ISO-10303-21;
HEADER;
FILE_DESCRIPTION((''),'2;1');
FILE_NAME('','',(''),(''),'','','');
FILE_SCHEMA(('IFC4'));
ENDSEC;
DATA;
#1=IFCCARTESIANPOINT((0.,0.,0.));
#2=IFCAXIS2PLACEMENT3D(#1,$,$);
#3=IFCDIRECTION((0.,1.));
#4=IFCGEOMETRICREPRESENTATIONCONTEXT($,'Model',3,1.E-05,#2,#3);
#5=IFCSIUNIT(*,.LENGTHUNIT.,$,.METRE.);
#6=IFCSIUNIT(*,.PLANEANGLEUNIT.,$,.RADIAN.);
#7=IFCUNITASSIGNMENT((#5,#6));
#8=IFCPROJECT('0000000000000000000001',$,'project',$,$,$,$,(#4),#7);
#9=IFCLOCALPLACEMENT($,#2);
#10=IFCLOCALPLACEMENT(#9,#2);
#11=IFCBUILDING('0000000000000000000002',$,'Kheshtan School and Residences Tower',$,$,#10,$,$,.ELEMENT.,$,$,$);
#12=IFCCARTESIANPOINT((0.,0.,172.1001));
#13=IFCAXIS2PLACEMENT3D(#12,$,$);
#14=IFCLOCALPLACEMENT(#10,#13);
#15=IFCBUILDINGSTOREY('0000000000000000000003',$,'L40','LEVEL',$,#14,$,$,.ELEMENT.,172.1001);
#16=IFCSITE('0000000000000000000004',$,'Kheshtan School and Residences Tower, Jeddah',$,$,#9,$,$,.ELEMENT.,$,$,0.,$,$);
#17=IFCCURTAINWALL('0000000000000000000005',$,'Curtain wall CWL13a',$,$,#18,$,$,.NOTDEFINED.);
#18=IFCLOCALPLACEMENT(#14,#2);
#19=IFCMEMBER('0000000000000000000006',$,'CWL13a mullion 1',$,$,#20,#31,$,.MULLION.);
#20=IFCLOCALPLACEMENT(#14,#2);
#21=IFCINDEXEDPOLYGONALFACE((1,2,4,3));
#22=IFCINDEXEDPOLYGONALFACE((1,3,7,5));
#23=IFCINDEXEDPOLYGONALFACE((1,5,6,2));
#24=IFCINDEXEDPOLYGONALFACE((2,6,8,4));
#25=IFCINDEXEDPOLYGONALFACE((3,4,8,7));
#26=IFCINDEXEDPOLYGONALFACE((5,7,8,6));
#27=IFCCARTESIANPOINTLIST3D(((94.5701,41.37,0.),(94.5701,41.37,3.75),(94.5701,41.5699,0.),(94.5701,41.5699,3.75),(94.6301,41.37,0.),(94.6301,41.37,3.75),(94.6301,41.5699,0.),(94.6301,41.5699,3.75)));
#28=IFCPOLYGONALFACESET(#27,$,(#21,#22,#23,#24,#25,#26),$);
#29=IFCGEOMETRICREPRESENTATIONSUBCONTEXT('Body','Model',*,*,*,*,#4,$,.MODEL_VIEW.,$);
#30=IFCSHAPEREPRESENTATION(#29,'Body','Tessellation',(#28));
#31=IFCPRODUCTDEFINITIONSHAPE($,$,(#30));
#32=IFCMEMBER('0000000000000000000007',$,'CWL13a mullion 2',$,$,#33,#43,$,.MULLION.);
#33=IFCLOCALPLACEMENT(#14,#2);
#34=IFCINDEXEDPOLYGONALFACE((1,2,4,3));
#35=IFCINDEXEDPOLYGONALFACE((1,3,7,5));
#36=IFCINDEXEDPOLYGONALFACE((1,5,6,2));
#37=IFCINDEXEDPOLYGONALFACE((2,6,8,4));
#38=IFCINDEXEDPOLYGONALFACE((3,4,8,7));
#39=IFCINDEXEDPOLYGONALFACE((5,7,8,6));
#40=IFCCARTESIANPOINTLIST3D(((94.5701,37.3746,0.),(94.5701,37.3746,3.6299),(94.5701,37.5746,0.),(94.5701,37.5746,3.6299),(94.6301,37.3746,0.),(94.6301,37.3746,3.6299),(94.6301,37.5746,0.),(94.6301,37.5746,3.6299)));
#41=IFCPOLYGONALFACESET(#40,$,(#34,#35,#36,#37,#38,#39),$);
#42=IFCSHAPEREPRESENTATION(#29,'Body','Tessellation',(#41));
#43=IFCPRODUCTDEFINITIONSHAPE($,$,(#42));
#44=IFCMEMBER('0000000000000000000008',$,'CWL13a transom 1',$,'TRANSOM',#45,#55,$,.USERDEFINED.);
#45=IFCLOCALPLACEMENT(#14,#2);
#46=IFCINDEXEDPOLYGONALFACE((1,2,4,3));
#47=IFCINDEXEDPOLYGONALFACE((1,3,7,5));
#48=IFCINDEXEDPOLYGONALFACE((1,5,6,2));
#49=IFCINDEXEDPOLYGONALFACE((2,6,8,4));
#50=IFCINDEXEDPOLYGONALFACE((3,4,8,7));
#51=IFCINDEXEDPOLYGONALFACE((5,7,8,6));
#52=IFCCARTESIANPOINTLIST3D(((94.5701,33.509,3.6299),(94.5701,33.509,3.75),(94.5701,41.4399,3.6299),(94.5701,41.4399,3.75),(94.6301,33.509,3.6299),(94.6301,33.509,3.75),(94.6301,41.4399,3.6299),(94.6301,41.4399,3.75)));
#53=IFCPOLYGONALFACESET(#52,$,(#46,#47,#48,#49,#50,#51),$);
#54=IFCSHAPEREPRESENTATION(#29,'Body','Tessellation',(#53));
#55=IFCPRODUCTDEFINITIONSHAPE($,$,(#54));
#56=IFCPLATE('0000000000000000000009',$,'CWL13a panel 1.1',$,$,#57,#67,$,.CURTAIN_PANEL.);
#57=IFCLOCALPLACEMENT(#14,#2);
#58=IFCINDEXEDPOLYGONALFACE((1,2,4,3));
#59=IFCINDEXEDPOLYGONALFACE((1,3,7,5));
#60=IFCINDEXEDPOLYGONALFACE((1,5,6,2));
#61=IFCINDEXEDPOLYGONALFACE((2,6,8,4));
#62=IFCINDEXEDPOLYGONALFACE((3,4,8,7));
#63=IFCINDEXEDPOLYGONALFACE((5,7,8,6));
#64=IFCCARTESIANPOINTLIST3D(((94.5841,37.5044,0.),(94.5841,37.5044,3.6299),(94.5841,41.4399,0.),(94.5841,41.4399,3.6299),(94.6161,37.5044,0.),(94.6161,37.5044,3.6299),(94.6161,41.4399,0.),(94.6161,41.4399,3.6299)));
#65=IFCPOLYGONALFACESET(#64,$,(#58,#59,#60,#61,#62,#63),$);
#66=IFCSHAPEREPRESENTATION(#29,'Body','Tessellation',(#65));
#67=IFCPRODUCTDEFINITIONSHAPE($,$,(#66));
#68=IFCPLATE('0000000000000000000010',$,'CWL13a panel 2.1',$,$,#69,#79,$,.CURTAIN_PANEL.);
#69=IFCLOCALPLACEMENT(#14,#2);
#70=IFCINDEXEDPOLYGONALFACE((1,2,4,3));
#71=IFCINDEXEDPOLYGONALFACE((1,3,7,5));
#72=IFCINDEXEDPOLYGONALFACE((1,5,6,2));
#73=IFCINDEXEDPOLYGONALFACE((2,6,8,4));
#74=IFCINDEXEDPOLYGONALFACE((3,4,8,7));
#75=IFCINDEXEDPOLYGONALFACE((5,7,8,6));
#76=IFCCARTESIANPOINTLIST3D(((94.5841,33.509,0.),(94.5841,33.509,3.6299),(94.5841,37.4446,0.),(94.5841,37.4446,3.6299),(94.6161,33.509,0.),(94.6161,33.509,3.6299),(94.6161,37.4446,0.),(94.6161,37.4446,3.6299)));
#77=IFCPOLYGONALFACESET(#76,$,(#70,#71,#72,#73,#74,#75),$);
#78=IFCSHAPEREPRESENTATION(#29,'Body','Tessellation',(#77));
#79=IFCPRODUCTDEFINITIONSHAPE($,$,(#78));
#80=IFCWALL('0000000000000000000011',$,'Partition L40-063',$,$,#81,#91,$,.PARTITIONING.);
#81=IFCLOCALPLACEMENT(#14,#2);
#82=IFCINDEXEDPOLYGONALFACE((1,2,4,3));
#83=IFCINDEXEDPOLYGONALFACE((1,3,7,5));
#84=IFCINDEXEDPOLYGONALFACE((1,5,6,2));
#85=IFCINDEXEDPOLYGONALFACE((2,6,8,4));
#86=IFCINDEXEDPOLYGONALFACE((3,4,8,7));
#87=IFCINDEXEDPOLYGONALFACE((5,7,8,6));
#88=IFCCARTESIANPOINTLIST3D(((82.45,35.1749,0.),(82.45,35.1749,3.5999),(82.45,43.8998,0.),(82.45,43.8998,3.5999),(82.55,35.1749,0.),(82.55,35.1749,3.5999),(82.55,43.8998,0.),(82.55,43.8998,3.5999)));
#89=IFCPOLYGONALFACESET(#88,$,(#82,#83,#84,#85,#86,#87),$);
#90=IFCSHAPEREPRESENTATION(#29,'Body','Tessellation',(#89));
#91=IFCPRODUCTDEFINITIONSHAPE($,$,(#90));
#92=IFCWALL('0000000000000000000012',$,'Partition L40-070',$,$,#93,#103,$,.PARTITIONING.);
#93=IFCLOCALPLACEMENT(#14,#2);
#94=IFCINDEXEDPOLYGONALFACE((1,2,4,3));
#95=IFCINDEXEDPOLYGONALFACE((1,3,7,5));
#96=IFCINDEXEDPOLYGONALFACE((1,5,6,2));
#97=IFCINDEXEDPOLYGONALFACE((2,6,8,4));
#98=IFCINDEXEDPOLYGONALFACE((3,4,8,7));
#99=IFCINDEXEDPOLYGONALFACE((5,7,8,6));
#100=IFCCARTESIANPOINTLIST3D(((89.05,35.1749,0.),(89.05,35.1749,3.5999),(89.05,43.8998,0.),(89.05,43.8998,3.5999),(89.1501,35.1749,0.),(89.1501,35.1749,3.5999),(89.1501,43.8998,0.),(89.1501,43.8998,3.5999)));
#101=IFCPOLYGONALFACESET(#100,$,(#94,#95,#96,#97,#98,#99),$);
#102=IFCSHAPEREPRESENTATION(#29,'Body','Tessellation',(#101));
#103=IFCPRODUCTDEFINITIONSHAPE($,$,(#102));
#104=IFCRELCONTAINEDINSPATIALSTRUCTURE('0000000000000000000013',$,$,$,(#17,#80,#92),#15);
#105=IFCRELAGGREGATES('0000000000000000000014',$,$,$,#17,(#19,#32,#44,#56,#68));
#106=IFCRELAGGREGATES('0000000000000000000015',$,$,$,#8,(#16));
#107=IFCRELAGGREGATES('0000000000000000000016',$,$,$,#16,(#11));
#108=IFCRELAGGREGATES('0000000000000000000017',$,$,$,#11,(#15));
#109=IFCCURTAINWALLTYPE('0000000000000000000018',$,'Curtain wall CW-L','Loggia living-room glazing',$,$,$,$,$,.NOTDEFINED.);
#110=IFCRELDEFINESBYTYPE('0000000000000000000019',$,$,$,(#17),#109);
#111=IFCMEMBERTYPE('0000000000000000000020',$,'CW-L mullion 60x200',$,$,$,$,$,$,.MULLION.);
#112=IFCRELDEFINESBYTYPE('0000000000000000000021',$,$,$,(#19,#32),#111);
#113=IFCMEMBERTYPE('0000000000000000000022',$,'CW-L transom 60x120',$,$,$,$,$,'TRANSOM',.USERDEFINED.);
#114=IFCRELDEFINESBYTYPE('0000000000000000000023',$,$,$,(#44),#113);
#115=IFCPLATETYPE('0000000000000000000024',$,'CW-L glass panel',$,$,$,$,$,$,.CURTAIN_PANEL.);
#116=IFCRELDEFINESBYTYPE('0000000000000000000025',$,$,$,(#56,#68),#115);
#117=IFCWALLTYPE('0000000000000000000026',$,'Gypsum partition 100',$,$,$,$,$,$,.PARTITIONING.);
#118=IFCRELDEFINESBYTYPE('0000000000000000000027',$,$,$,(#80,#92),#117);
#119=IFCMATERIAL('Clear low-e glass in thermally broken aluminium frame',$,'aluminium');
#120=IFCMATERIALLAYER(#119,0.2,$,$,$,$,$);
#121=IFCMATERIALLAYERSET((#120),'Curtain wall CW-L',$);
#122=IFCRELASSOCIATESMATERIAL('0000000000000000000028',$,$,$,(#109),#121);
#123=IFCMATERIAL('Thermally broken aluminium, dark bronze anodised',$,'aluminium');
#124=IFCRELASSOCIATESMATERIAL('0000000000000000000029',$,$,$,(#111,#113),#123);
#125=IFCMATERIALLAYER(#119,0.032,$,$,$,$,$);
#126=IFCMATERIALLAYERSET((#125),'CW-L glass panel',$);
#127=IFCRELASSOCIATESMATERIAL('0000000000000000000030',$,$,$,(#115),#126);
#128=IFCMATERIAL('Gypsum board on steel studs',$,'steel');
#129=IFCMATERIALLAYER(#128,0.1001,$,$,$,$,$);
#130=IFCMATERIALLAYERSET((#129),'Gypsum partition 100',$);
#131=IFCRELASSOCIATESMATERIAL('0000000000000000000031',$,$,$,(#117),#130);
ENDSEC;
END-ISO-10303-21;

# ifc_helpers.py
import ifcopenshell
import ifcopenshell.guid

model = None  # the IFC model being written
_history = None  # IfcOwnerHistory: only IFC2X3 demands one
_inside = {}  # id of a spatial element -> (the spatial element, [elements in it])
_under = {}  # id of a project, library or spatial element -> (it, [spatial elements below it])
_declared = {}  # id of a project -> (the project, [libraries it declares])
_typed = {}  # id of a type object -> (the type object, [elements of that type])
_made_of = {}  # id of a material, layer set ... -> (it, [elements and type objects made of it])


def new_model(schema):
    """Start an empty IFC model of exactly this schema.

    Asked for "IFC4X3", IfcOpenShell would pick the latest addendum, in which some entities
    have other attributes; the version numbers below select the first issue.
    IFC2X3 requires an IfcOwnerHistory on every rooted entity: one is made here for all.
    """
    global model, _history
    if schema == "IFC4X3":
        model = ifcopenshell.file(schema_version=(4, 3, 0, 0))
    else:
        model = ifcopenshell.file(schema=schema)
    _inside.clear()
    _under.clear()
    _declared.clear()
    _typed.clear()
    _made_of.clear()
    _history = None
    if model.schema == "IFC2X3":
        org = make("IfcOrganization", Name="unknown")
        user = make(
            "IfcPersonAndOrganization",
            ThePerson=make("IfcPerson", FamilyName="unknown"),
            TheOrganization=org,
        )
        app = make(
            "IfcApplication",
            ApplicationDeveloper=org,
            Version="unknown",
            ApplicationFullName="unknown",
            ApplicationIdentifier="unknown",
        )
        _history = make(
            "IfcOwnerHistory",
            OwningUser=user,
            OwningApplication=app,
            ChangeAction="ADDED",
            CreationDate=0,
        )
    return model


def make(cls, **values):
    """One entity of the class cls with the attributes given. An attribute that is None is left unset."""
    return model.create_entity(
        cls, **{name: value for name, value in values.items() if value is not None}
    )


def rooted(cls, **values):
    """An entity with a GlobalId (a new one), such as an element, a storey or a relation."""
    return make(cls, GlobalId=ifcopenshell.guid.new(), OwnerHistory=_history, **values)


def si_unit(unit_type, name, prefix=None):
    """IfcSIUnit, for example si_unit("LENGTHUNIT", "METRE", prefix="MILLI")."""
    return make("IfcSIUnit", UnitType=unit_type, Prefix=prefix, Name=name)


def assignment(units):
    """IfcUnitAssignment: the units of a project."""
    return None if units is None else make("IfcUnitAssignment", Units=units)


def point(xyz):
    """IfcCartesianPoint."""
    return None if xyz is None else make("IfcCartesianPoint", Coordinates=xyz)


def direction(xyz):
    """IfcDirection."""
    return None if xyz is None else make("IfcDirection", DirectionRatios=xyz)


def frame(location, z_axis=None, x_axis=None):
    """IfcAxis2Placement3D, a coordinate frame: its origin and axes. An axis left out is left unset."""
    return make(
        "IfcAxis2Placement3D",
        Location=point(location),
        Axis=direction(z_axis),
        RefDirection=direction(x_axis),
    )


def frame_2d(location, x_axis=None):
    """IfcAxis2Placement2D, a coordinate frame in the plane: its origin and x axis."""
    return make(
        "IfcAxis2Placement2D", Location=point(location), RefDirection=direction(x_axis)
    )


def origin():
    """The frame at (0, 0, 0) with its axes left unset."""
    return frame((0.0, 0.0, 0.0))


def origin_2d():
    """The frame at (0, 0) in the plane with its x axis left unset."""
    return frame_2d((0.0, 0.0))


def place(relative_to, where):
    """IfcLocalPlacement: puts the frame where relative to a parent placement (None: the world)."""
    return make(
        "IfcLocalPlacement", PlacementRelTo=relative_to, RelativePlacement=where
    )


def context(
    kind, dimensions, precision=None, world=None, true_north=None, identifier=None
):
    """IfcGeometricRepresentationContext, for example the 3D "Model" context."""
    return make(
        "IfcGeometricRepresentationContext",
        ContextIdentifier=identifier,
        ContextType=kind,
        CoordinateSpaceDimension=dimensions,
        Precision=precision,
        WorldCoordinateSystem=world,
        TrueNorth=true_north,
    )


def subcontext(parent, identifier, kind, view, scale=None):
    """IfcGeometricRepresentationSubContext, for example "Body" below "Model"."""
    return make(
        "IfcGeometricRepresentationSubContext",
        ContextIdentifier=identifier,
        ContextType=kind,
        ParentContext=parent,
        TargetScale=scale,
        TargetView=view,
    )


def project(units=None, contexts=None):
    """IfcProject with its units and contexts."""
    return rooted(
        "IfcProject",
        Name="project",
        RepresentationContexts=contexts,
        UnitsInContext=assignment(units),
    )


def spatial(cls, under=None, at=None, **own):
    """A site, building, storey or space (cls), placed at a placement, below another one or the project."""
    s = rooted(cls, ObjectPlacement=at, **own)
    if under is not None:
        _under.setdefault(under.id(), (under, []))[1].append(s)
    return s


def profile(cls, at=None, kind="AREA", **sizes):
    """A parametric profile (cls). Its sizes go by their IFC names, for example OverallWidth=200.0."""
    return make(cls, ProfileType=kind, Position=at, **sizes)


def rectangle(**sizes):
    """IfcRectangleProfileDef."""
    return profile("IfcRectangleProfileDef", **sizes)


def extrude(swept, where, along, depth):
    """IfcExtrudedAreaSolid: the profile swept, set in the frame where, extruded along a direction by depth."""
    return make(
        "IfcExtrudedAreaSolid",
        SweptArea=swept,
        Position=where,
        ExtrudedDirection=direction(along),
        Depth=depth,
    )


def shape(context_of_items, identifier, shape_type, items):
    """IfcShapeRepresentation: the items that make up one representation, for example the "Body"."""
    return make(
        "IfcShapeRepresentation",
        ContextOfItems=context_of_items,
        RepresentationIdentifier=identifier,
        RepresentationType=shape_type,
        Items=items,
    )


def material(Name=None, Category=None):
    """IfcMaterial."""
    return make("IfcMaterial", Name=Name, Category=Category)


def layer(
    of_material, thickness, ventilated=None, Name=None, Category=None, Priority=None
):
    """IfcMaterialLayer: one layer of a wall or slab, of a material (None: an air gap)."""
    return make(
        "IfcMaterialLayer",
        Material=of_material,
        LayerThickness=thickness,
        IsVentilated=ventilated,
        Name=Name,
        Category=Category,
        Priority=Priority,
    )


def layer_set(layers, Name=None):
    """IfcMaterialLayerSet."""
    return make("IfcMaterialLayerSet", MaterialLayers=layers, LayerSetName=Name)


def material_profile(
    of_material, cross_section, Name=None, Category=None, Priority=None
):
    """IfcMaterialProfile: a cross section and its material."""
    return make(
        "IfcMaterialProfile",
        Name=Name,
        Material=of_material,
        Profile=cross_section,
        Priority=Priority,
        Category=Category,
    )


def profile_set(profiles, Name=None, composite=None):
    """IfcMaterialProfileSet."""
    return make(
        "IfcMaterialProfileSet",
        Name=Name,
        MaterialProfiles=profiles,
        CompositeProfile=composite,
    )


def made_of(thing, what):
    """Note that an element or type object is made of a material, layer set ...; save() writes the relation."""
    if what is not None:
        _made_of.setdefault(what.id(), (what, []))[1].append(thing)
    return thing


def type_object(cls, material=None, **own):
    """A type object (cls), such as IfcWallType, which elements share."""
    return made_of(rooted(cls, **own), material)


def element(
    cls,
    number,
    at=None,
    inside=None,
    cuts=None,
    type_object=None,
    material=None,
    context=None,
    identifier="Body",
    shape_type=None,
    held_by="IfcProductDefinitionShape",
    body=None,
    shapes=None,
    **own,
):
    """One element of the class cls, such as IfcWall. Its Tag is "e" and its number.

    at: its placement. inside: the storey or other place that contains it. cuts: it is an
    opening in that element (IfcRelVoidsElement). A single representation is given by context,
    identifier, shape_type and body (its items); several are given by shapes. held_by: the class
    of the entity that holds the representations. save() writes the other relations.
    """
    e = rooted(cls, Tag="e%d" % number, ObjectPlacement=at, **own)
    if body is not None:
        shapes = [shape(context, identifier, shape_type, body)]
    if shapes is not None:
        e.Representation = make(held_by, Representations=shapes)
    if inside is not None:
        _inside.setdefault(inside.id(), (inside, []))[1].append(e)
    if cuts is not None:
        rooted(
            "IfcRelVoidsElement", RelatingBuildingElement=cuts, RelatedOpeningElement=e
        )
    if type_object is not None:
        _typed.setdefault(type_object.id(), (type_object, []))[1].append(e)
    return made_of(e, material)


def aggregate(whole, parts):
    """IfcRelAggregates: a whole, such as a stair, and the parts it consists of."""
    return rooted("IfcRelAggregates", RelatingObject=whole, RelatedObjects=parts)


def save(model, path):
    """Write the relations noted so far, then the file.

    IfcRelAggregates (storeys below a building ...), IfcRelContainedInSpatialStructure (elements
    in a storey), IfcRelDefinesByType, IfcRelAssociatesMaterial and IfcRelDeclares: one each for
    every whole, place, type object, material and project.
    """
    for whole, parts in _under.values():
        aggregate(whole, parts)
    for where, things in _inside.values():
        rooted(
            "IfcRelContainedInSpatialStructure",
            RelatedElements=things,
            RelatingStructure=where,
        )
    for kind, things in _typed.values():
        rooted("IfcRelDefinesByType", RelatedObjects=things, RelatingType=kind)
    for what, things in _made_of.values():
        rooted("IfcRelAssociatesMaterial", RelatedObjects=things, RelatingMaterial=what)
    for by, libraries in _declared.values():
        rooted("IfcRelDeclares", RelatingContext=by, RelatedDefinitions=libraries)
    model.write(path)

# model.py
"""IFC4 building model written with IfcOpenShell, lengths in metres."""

from ifc_helpers import new_model, si_unit, direction, frame, frame_2d, origin, origin_2d, place, context, subcontext, project, spatial, rectangle, extrude, material, layer, layer_set, material_profile, profile_set, type_object, element, aggregate, save


model = new_model("IFC4")

# Units and contexts
model_context = context("Model", 3, precision=1e-05, world=origin(), true_north=direction((0.0, 1.0)))
body_context = subcontext(model_context, "Body", "Model", "MODEL_VIEW")
ifc_project = project(units=[si_unit("LENGTHUNIT", "METRE"), si_unit("PLANEANGLEUNIT", "RADIAN")], contexts=[model_context])

# Site, building, storey
site_placement = place(None, origin())
site = spatial("IfcSite", under=ifc_project, at=site_placement, Name="Kheshtan School and Residences Tower, Jeddah", CompositionType="ELEMENT", RefElevation=0.0)
building_placement = place(site_placement, origin())
building = spatial("IfcBuilding", under=site, at=building_placement, Name="Kheshtan School and Residences Tower", CompositionType="ELEMENT")
storey_placement = place(building_placement, frame((0.0, 0.0, 172.1001)))
storey = spatial("IfcBuildingStorey", under=building, at=storey_placement, Name="L40", Description="LEVEL", CompositionType="ELEMENT", Elevation=172.1001)

# Curtain wall, members, plates
ifc_material_1 = material(Name="Clear low-e glass in thermally broken aluminium frame", Category="aluminium")
ifc_layer_1 = layer(ifc_material_1, 0.2)
ifc_layer_set_1 = layer_set([ifc_layer_1], Name="Curtain wall CW-L")
curtain_wall_type = type_object("IfcCurtainWallType", Name="Curtain wall CW-L", Description="Loggia living-room glazing", PredefinedType="NOTDEFINED", material=ifc_layer_set_1)
curtain_wall_placement = place(storey_placement, origin())
curtain_wall = element("IfcCurtainWall", 1, at=curtain_wall_placement, inside=storey, type_object=curtain_wall_type, Name="Curtain wall CWL13a", PredefinedType="NOTDEFINED")
ifc_material_2 = material(Name="Thermally broken aluminium, dark bronze anodised", Category="aluminium")
ifc_material_profile_1 = material_profile(ifc_material_2, rectangle(XDim=0.0601, YDim=0.2, at=origin_2d()), Name="CW-L mullion 60x200")
ifc_profile_set_1 = profile_set([ifc_material_profile_1], Name="Thermally broken aluminium, dark bronze anodised")
member_type_1 = type_object("IfcMemberType", Name="CW-L mullion 60x200", PredefinedType="MULLION", material=ifc_profile_set_1)
member_1_placement = place(storey_placement, frame((94.6001, 41.47, 0.0), z_axis=(0.0, 0.0, 1.0), x_axis=(1.0, 0.0, 0.0)))
member_1 = element("IfcMember", 2, at=member_1_placement, type_object=member_type_1, Name="CWL13a mullion 1", PredefinedType="MULLION", context=body_context, shape_type="SweptSolid", body=[
    extrude(rectangle(XDim=0.0601, YDim=0.2, at=origin_2d()), origin(), (0.0, 0.0, 1.0), 3.75),
])
member_2_placement = place(storey_placement, frame((94.6001, 37.4746, 0.0), z_axis=(0.0, 0.0, 1.0), x_axis=(1.0, 0.0, 0.0)))
member_2 = element("IfcMember", 3, at=member_2_placement, type_object=member_type_1, Name="CWL13a mullion 2", PredefinedType="MULLION", context=body_context, shape_type="SweptSolid", body=[
    extrude(rectangle(XDim=0.0601, YDim=0.2, at=origin_2d()), origin(), (0.0, 0.0, 1.0), 3.6299),
])
ifc_material_profile_2 = material_profile(ifc_material_2, rectangle(XDim=0.0601, YDim=0.1201, at=origin_2d()), Name="CW-L transom 60x120")
ifc_profile_set_2 = profile_set([ifc_material_profile_2], Name="Thermally broken aluminium, dark bronze anodised")
member_type_2 = type_object("IfcMemberType", Name="CW-L transom 60x120", ElementType="TRANSOM", PredefinedType="USERDEFINED", material=ifc_profile_set_2)
member_3_placement = place(storey_placement, frame((94.6001, 41.4399, 3.6899), z_axis=(0.0, -1.0, 0.0), x_axis=(1.0, 0.0, 0.0)))
member_3 = element("IfcMember", 4, at=member_3_placement, type_object=member_type_2, Name="CWL13a transom 1", ObjectType="TRANSOM", PredefinedType="USERDEFINED", context=body_context, shape_type="SweptSolid", body=[
    extrude(rectangle(XDim=0.0601, YDim=0.1201, at=origin_2d()), origin(), (0.0, 0.0, 1.0), 7.9309),
])
ifc_layer_2 = layer(ifc_material_1, 0.032)
ifc_layer_set_2 = layer_set([ifc_layer_2], Name="CW-L glass panel")
plate_type = type_object("IfcPlateType", Name="CW-L glass panel", PredefinedType="CURTAIN_PANEL", material=ifc_layer_set_2)
plate_1_placement = place(storey_placement, frame((94.6001, 39.4722, 0.0), z_axis=(0.0, 0.0, 1.0), x_axis=(0.0, -1.0, 0.0)))
plate_1 = element("IfcPlate", 5, at=plate_1_placement, type_object=plate_type, Name="CWL13a panel 1.1", PredefinedType="CURTAIN_PANEL", context=body_context, shape_type="SweptSolid", body=[
    extrude(rectangle(XDim=3.9355, YDim=0.032, at=origin_2d()), origin(), (0.0, 0.0, 1.0), 3.6299),
])
plate_2_placement = place(storey_placement, frame((94.6001, 35.4768, 0.0), z_axis=(0.0, 0.0, 1.0), x_axis=(0.0, -1.0, 0.0)))
plate_2 = element("IfcPlate", 6, at=plate_2_placement, type_object=plate_type, Name="CWL13a panel 2.1", PredefinedType="CURTAIN_PANEL", context=body_context, shape_type="SweptSolid", body=[
    extrude(rectangle(XDim=3.9355, YDim=0.032, at=origin_2d()), origin(), (0.0, 0.0, 1.0), 3.6299),
])
aggregate(curtain_wall, [member_1, member_2, member_3, plate_1, plate_2])

# Walls
ifc_material_3 = material(Name="Gypsum board on steel studs", Category="steel")
ifc_layer_3 = layer(ifc_material_3, 0.1001)
ifc_layer_set_3 = layer_set([ifc_layer_3], Name="Gypsum partition 100")
wall_type_1 = type_object("IfcWallType", Name="Gypsum partition 100", PredefinedType="PARTITIONING", material=ifc_layer_set_3)
for number, where, z_axis, x_axis, name in (
    (7, (82.5, 35.175, 0.0), (0.0, 0.0, 1.0), (0.0, 1.0, 0.0), "Partition L40-063"),
    (8, (89.1001, 35.175, 0.0), (0.0, 0.0, 1.0), (0.0, 1.0, 0.0), "Partition L40-070"),
):
    element("IfcWall", number, at=place(storey_placement, frame(where, z_axis=z_axis, x_axis=x_axis)), inside=storey, type_object=wall_type_1, Name=name, PredefinedType="PARTITIONING", context=body_context, shape_type="SweptSolid", body=[
        extrude(rectangle(XDim=8.7249, YDim=0.1001, at=frame_2d((4.3623, 0.0))), origin(), (0.0, 0.0, 1.0), 3.5999),
    ])

save(model, "model.ifc")
